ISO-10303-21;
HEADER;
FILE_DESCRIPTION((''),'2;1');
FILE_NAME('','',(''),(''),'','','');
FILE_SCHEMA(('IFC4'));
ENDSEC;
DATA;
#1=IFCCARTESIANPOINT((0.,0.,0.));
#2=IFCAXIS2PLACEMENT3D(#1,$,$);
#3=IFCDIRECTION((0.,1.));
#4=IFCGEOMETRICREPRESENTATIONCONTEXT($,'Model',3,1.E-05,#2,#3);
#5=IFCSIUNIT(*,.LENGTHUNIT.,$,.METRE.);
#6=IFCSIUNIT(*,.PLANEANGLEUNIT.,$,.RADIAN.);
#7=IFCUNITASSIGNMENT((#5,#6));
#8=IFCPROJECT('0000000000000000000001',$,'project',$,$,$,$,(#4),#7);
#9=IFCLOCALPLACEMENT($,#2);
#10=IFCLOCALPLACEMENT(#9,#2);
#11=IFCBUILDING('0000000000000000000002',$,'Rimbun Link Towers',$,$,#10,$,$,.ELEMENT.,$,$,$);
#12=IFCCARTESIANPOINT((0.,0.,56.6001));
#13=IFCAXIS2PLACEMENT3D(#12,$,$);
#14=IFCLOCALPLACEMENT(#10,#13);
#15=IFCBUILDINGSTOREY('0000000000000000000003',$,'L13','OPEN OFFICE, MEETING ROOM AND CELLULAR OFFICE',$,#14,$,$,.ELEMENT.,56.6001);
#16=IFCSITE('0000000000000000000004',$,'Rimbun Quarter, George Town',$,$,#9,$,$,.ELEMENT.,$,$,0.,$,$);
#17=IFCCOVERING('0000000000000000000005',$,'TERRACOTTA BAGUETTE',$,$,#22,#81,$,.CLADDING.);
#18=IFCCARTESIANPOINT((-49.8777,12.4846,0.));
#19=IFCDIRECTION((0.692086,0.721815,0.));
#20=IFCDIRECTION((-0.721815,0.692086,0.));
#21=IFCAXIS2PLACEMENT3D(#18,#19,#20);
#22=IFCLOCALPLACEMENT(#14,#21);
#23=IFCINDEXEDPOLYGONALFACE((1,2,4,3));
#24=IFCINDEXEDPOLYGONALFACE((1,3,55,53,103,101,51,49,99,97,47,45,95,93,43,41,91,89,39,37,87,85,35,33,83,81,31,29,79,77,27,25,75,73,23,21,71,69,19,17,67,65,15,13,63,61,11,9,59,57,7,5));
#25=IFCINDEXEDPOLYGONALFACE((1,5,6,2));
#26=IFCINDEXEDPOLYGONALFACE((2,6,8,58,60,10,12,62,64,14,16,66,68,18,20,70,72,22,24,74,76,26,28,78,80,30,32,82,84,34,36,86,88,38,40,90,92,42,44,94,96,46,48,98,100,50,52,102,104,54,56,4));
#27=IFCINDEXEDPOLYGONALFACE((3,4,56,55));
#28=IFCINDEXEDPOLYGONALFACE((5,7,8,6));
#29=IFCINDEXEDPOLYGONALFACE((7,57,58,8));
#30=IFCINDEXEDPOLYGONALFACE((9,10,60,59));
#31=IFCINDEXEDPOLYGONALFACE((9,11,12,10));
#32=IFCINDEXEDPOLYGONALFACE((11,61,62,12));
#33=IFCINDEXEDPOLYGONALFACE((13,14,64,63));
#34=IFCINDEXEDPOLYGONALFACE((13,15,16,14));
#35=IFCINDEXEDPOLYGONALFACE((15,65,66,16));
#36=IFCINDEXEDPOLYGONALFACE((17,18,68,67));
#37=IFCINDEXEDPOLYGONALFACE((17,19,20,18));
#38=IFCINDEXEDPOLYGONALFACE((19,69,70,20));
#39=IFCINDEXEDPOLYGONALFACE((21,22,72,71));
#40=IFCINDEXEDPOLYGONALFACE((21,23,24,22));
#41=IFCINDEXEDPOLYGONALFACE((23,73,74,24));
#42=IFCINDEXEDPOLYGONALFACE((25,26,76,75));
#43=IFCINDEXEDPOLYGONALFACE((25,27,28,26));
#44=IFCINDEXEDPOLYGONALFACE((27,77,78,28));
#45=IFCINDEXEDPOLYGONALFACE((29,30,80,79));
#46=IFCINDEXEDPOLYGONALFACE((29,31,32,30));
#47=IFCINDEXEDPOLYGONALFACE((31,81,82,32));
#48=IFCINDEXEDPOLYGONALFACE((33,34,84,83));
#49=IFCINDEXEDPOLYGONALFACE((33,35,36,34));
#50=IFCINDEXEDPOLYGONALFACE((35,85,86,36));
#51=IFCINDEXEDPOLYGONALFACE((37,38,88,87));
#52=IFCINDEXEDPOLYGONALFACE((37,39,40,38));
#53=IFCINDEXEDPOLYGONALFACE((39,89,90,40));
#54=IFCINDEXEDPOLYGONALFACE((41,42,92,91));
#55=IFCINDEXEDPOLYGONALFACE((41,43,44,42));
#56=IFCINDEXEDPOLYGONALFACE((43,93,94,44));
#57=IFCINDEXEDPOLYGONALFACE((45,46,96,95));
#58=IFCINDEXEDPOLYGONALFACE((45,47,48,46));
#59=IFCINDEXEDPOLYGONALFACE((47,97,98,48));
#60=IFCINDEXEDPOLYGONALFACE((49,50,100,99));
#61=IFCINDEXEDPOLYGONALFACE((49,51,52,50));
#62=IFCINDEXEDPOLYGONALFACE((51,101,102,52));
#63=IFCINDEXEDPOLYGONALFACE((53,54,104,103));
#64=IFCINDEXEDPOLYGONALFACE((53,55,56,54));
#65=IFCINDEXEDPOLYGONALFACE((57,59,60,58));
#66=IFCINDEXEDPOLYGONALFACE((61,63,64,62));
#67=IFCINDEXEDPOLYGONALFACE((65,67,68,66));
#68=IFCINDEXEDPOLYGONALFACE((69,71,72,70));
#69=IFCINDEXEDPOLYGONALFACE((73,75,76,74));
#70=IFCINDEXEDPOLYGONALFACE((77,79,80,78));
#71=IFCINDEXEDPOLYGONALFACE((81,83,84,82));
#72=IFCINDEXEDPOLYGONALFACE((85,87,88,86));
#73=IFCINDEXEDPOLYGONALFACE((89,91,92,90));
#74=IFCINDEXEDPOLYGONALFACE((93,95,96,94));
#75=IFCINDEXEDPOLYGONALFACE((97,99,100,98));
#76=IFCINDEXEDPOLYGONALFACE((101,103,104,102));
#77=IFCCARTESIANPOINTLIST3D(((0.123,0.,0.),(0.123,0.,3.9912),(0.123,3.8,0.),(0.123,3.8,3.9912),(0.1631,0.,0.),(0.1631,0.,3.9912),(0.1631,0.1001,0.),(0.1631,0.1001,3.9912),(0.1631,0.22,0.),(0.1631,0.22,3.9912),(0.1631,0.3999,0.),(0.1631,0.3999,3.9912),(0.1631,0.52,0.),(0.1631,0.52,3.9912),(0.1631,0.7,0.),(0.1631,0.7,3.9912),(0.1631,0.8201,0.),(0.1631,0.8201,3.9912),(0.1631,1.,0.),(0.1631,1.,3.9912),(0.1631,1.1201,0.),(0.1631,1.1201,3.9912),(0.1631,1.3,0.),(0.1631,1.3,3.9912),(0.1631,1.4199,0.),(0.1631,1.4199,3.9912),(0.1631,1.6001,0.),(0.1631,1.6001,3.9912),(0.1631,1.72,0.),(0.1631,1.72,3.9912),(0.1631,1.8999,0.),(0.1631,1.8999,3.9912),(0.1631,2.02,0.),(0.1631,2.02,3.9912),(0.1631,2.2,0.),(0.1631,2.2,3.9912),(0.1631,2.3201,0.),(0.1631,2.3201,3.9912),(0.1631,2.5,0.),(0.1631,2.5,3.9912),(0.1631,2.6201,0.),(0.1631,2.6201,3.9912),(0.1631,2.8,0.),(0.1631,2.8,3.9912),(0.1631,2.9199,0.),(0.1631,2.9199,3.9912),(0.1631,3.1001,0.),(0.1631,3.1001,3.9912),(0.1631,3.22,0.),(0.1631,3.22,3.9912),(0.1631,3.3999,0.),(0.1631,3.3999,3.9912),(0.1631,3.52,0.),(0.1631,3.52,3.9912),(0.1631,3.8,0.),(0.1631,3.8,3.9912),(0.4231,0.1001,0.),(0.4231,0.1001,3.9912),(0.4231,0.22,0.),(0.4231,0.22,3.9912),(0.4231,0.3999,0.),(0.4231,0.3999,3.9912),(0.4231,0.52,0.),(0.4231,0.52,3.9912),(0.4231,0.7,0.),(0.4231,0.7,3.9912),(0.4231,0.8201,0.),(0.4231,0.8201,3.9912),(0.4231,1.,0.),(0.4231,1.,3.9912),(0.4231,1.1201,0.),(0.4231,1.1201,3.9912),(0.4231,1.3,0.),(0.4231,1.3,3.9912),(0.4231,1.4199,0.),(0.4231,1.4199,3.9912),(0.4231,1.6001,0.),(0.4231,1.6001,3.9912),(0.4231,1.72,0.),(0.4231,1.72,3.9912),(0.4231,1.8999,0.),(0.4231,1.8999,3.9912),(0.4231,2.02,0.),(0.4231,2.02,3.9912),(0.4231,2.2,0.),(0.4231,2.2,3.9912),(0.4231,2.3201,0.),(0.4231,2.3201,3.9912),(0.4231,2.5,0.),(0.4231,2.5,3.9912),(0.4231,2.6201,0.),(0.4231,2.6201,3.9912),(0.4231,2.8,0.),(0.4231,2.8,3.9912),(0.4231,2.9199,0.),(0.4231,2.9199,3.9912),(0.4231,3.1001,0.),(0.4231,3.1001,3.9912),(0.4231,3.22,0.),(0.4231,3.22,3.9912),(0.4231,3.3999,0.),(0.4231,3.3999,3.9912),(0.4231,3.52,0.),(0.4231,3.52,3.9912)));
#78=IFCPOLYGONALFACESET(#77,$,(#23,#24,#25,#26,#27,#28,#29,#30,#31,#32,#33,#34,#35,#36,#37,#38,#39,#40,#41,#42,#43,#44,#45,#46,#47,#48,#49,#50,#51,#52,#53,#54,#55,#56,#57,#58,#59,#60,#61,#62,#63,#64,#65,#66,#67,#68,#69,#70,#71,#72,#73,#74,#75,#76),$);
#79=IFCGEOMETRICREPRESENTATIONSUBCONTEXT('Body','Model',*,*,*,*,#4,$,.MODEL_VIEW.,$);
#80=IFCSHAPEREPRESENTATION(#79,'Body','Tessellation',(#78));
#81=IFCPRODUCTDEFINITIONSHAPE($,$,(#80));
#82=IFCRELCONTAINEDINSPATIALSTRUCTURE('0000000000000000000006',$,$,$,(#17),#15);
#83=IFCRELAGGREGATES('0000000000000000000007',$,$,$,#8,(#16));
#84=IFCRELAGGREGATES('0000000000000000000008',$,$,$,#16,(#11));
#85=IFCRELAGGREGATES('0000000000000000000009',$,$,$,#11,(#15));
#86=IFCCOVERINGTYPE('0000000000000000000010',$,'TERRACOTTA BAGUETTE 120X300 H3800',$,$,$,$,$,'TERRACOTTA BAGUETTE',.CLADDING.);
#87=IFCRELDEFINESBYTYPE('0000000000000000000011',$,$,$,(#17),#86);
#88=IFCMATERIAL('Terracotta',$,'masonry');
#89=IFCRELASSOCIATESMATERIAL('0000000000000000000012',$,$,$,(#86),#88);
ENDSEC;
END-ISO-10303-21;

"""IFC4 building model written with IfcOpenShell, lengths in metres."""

from ifc_helpers import new_model, si_unit, direction, frame, origin, place, context, subcontext, project, spatial, polyline, outline, extrude, material, material_profile, profile_set, type_object, element, save


model = new_model("IFC4")

# Units and contexts
model_context = context("Model", 3, precision=1e-05, world=origin(), true_north=direction((0.0, 1.0)))
body_context = subcontext(model_context, "Body", "Model", "MODEL_VIEW")
ifc_project = project(units=[si_unit("LENGTHUNIT", "METRE"), si_unit("PLANEANGLEUNIT", "RADIAN")], contexts=[model_context])

# Site, building, storey
site_placement = place(None, origin())
site = spatial("IfcSite", under=ifc_project, at=site_placement, Name="Rimbun Quarter, George Town", CompositionType="ELEMENT", RefElevation=0.0)
building_placement = place(site_placement, origin())
building = spatial("IfcBuilding", under=site, at=building_placement, Name="Rimbun Link Towers", CompositionType="ELEMENT")
storey_placement = place(building_placement, frame((0.0, 0.0, 56.6001)))
storey = spatial("IfcBuildingStorey", under=building, at=storey_placement, Name="L13", Description="OPEN OFFICE, MEETING ROOM AND CELLULAR OFFICE", CompositionType="ELEMENT", Elevation=56.6001)

# Covering
ifc_material_1 = material(Name="Terracotta", Category="masonry")
ifc_material_profile_1 = material_profile(ifc_material_1, outline(polyline([(0.123, 0.0), (0.1631, 0.0), (0.1631, 0.1001), (0.4231, 0.1001), (0.4231, 0.22), (0.1631, 0.22), (0.1631, 0.3999), (0.4231, 0.3999), (0.4231, 0.52), (0.1631, 0.52), (0.1631, 0.7), (0.4231, 0.7), (0.4231, 0.8201), (0.1631, 0.8201), (0.1631, 1.0), (0.4231, 1.0), (0.4231, 1.1201), (0.1631, 1.1201), (0.1631, 1.3), (0.4231, 1.3), (0.4231, 1.4199), (0.1631, 1.4199), (0.1631, 1.6001), (0.4231, 1.6001), (0.4231, 1.72), (0.1631, 1.72), (0.1631, 1.8999), (0.4231, 1.8999), (0.4231, 2.02), (0.1631, 2.02), (0.1631, 2.2), (0.4231, 2.2), (0.4231, 2.3201), (0.1631, 2.3201), (0.1631, 2.5), (0.4231, 2.5), (0.4231, 2.6201), (0.1631, 2.6201), (0.1631, 2.8), (0.4231, 2.8), (0.4231, 2.9199), (0.1631, 2.9199), (0.1631, 3.1001), (0.4231, 3.1001), (0.4231, 3.22), (0.1631, 3.22), (0.1631, 3.3999), (0.4231, 3.3999), (0.4231, 3.52), (0.1631, 3.52), (0.1631, 3.8), (0.123, 3.8), (0.123, 0.0)])), Name="BAGUETTE 120X300")
ifc_profile_set_1 = profile_set([ifc_material_profile_1], Name="Terracotta")
covering_type = type_object("IfcCoveringType", Name="TERRACOTTA BAGUETTE 120X300 H3800", ElementType="TERRACOTTA BAGUETTE", PredefinedType="CLADDING", material=ifc_profile_set_1)
covering_1_placement = place(storey_placement, frame((-49.8777, 12.4846, 0.0), z_axis=(0.692086, 0.721815, 0.0), x_axis=(-0.721815, 0.692086, 0.0)))
element("IfcCovering", 1, at=covering_1_placement, inside=storey, type_object=covering_type, Name="TERRACOTTA BAGUETTE", PredefinedType="CLADDING", context=body_context, shape_type="SweptSolid", body=[
    extrude(outline(polyline([(0.123, 0.0), (0.1631, 0.0), (0.1631, 0.1001), (0.4231, 0.1001), (0.4231, 0.22), (0.1631, 0.22), (0.1631, 0.3999), (0.4231, 0.3999), (0.4231, 0.52), (0.1631, 0.52), (0.1631, 0.7), (0.4231, 0.7), (0.4231, 0.8201), (0.1631, 0.8201), (0.1631, 1.0), (0.4231, 1.0), (0.4231, 1.1201), (0.1631, 1.1201), (0.1631, 1.3), (0.4231, 1.3), (0.4231, 1.4199), (0.1631, 1.4199), (0.1631, 1.6001), (0.4231, 1.6001), (0.4231, 1.72), (0.1631, 1.72), (0.1631, 1.8999), (0.4231, 1.8999), (0.4231, 2.02), (0.1631, 2.02), (0.1631, 2.2), (0.4231, 2.2), (0.4231, 2.3201), (0.1631, 2.3201), (0.1631, 2.5), (0.4231, 2.5), (0.4231, 2.6201), (0.1631, 2.6201), (0.1631, 2.8), (0.4231, 2.8), (0.4231, 2.9199), (0.1631, 2.9199), (0.1631, 3.1001), (0.4231, 3.1001), (0.4231, 3.22), (0.1631, 3.22), (0.1631, 3.3999), (0.4231, 3.3999), (0.4231, 3.52), (0.1631, 3.52), (0.1631, 3.8), (0.123, 3.8), (0.123, 0.0)])), origin(), (0.0, 0.0, 1.0), 3.9912),
])

save(model, "model.ifc")
